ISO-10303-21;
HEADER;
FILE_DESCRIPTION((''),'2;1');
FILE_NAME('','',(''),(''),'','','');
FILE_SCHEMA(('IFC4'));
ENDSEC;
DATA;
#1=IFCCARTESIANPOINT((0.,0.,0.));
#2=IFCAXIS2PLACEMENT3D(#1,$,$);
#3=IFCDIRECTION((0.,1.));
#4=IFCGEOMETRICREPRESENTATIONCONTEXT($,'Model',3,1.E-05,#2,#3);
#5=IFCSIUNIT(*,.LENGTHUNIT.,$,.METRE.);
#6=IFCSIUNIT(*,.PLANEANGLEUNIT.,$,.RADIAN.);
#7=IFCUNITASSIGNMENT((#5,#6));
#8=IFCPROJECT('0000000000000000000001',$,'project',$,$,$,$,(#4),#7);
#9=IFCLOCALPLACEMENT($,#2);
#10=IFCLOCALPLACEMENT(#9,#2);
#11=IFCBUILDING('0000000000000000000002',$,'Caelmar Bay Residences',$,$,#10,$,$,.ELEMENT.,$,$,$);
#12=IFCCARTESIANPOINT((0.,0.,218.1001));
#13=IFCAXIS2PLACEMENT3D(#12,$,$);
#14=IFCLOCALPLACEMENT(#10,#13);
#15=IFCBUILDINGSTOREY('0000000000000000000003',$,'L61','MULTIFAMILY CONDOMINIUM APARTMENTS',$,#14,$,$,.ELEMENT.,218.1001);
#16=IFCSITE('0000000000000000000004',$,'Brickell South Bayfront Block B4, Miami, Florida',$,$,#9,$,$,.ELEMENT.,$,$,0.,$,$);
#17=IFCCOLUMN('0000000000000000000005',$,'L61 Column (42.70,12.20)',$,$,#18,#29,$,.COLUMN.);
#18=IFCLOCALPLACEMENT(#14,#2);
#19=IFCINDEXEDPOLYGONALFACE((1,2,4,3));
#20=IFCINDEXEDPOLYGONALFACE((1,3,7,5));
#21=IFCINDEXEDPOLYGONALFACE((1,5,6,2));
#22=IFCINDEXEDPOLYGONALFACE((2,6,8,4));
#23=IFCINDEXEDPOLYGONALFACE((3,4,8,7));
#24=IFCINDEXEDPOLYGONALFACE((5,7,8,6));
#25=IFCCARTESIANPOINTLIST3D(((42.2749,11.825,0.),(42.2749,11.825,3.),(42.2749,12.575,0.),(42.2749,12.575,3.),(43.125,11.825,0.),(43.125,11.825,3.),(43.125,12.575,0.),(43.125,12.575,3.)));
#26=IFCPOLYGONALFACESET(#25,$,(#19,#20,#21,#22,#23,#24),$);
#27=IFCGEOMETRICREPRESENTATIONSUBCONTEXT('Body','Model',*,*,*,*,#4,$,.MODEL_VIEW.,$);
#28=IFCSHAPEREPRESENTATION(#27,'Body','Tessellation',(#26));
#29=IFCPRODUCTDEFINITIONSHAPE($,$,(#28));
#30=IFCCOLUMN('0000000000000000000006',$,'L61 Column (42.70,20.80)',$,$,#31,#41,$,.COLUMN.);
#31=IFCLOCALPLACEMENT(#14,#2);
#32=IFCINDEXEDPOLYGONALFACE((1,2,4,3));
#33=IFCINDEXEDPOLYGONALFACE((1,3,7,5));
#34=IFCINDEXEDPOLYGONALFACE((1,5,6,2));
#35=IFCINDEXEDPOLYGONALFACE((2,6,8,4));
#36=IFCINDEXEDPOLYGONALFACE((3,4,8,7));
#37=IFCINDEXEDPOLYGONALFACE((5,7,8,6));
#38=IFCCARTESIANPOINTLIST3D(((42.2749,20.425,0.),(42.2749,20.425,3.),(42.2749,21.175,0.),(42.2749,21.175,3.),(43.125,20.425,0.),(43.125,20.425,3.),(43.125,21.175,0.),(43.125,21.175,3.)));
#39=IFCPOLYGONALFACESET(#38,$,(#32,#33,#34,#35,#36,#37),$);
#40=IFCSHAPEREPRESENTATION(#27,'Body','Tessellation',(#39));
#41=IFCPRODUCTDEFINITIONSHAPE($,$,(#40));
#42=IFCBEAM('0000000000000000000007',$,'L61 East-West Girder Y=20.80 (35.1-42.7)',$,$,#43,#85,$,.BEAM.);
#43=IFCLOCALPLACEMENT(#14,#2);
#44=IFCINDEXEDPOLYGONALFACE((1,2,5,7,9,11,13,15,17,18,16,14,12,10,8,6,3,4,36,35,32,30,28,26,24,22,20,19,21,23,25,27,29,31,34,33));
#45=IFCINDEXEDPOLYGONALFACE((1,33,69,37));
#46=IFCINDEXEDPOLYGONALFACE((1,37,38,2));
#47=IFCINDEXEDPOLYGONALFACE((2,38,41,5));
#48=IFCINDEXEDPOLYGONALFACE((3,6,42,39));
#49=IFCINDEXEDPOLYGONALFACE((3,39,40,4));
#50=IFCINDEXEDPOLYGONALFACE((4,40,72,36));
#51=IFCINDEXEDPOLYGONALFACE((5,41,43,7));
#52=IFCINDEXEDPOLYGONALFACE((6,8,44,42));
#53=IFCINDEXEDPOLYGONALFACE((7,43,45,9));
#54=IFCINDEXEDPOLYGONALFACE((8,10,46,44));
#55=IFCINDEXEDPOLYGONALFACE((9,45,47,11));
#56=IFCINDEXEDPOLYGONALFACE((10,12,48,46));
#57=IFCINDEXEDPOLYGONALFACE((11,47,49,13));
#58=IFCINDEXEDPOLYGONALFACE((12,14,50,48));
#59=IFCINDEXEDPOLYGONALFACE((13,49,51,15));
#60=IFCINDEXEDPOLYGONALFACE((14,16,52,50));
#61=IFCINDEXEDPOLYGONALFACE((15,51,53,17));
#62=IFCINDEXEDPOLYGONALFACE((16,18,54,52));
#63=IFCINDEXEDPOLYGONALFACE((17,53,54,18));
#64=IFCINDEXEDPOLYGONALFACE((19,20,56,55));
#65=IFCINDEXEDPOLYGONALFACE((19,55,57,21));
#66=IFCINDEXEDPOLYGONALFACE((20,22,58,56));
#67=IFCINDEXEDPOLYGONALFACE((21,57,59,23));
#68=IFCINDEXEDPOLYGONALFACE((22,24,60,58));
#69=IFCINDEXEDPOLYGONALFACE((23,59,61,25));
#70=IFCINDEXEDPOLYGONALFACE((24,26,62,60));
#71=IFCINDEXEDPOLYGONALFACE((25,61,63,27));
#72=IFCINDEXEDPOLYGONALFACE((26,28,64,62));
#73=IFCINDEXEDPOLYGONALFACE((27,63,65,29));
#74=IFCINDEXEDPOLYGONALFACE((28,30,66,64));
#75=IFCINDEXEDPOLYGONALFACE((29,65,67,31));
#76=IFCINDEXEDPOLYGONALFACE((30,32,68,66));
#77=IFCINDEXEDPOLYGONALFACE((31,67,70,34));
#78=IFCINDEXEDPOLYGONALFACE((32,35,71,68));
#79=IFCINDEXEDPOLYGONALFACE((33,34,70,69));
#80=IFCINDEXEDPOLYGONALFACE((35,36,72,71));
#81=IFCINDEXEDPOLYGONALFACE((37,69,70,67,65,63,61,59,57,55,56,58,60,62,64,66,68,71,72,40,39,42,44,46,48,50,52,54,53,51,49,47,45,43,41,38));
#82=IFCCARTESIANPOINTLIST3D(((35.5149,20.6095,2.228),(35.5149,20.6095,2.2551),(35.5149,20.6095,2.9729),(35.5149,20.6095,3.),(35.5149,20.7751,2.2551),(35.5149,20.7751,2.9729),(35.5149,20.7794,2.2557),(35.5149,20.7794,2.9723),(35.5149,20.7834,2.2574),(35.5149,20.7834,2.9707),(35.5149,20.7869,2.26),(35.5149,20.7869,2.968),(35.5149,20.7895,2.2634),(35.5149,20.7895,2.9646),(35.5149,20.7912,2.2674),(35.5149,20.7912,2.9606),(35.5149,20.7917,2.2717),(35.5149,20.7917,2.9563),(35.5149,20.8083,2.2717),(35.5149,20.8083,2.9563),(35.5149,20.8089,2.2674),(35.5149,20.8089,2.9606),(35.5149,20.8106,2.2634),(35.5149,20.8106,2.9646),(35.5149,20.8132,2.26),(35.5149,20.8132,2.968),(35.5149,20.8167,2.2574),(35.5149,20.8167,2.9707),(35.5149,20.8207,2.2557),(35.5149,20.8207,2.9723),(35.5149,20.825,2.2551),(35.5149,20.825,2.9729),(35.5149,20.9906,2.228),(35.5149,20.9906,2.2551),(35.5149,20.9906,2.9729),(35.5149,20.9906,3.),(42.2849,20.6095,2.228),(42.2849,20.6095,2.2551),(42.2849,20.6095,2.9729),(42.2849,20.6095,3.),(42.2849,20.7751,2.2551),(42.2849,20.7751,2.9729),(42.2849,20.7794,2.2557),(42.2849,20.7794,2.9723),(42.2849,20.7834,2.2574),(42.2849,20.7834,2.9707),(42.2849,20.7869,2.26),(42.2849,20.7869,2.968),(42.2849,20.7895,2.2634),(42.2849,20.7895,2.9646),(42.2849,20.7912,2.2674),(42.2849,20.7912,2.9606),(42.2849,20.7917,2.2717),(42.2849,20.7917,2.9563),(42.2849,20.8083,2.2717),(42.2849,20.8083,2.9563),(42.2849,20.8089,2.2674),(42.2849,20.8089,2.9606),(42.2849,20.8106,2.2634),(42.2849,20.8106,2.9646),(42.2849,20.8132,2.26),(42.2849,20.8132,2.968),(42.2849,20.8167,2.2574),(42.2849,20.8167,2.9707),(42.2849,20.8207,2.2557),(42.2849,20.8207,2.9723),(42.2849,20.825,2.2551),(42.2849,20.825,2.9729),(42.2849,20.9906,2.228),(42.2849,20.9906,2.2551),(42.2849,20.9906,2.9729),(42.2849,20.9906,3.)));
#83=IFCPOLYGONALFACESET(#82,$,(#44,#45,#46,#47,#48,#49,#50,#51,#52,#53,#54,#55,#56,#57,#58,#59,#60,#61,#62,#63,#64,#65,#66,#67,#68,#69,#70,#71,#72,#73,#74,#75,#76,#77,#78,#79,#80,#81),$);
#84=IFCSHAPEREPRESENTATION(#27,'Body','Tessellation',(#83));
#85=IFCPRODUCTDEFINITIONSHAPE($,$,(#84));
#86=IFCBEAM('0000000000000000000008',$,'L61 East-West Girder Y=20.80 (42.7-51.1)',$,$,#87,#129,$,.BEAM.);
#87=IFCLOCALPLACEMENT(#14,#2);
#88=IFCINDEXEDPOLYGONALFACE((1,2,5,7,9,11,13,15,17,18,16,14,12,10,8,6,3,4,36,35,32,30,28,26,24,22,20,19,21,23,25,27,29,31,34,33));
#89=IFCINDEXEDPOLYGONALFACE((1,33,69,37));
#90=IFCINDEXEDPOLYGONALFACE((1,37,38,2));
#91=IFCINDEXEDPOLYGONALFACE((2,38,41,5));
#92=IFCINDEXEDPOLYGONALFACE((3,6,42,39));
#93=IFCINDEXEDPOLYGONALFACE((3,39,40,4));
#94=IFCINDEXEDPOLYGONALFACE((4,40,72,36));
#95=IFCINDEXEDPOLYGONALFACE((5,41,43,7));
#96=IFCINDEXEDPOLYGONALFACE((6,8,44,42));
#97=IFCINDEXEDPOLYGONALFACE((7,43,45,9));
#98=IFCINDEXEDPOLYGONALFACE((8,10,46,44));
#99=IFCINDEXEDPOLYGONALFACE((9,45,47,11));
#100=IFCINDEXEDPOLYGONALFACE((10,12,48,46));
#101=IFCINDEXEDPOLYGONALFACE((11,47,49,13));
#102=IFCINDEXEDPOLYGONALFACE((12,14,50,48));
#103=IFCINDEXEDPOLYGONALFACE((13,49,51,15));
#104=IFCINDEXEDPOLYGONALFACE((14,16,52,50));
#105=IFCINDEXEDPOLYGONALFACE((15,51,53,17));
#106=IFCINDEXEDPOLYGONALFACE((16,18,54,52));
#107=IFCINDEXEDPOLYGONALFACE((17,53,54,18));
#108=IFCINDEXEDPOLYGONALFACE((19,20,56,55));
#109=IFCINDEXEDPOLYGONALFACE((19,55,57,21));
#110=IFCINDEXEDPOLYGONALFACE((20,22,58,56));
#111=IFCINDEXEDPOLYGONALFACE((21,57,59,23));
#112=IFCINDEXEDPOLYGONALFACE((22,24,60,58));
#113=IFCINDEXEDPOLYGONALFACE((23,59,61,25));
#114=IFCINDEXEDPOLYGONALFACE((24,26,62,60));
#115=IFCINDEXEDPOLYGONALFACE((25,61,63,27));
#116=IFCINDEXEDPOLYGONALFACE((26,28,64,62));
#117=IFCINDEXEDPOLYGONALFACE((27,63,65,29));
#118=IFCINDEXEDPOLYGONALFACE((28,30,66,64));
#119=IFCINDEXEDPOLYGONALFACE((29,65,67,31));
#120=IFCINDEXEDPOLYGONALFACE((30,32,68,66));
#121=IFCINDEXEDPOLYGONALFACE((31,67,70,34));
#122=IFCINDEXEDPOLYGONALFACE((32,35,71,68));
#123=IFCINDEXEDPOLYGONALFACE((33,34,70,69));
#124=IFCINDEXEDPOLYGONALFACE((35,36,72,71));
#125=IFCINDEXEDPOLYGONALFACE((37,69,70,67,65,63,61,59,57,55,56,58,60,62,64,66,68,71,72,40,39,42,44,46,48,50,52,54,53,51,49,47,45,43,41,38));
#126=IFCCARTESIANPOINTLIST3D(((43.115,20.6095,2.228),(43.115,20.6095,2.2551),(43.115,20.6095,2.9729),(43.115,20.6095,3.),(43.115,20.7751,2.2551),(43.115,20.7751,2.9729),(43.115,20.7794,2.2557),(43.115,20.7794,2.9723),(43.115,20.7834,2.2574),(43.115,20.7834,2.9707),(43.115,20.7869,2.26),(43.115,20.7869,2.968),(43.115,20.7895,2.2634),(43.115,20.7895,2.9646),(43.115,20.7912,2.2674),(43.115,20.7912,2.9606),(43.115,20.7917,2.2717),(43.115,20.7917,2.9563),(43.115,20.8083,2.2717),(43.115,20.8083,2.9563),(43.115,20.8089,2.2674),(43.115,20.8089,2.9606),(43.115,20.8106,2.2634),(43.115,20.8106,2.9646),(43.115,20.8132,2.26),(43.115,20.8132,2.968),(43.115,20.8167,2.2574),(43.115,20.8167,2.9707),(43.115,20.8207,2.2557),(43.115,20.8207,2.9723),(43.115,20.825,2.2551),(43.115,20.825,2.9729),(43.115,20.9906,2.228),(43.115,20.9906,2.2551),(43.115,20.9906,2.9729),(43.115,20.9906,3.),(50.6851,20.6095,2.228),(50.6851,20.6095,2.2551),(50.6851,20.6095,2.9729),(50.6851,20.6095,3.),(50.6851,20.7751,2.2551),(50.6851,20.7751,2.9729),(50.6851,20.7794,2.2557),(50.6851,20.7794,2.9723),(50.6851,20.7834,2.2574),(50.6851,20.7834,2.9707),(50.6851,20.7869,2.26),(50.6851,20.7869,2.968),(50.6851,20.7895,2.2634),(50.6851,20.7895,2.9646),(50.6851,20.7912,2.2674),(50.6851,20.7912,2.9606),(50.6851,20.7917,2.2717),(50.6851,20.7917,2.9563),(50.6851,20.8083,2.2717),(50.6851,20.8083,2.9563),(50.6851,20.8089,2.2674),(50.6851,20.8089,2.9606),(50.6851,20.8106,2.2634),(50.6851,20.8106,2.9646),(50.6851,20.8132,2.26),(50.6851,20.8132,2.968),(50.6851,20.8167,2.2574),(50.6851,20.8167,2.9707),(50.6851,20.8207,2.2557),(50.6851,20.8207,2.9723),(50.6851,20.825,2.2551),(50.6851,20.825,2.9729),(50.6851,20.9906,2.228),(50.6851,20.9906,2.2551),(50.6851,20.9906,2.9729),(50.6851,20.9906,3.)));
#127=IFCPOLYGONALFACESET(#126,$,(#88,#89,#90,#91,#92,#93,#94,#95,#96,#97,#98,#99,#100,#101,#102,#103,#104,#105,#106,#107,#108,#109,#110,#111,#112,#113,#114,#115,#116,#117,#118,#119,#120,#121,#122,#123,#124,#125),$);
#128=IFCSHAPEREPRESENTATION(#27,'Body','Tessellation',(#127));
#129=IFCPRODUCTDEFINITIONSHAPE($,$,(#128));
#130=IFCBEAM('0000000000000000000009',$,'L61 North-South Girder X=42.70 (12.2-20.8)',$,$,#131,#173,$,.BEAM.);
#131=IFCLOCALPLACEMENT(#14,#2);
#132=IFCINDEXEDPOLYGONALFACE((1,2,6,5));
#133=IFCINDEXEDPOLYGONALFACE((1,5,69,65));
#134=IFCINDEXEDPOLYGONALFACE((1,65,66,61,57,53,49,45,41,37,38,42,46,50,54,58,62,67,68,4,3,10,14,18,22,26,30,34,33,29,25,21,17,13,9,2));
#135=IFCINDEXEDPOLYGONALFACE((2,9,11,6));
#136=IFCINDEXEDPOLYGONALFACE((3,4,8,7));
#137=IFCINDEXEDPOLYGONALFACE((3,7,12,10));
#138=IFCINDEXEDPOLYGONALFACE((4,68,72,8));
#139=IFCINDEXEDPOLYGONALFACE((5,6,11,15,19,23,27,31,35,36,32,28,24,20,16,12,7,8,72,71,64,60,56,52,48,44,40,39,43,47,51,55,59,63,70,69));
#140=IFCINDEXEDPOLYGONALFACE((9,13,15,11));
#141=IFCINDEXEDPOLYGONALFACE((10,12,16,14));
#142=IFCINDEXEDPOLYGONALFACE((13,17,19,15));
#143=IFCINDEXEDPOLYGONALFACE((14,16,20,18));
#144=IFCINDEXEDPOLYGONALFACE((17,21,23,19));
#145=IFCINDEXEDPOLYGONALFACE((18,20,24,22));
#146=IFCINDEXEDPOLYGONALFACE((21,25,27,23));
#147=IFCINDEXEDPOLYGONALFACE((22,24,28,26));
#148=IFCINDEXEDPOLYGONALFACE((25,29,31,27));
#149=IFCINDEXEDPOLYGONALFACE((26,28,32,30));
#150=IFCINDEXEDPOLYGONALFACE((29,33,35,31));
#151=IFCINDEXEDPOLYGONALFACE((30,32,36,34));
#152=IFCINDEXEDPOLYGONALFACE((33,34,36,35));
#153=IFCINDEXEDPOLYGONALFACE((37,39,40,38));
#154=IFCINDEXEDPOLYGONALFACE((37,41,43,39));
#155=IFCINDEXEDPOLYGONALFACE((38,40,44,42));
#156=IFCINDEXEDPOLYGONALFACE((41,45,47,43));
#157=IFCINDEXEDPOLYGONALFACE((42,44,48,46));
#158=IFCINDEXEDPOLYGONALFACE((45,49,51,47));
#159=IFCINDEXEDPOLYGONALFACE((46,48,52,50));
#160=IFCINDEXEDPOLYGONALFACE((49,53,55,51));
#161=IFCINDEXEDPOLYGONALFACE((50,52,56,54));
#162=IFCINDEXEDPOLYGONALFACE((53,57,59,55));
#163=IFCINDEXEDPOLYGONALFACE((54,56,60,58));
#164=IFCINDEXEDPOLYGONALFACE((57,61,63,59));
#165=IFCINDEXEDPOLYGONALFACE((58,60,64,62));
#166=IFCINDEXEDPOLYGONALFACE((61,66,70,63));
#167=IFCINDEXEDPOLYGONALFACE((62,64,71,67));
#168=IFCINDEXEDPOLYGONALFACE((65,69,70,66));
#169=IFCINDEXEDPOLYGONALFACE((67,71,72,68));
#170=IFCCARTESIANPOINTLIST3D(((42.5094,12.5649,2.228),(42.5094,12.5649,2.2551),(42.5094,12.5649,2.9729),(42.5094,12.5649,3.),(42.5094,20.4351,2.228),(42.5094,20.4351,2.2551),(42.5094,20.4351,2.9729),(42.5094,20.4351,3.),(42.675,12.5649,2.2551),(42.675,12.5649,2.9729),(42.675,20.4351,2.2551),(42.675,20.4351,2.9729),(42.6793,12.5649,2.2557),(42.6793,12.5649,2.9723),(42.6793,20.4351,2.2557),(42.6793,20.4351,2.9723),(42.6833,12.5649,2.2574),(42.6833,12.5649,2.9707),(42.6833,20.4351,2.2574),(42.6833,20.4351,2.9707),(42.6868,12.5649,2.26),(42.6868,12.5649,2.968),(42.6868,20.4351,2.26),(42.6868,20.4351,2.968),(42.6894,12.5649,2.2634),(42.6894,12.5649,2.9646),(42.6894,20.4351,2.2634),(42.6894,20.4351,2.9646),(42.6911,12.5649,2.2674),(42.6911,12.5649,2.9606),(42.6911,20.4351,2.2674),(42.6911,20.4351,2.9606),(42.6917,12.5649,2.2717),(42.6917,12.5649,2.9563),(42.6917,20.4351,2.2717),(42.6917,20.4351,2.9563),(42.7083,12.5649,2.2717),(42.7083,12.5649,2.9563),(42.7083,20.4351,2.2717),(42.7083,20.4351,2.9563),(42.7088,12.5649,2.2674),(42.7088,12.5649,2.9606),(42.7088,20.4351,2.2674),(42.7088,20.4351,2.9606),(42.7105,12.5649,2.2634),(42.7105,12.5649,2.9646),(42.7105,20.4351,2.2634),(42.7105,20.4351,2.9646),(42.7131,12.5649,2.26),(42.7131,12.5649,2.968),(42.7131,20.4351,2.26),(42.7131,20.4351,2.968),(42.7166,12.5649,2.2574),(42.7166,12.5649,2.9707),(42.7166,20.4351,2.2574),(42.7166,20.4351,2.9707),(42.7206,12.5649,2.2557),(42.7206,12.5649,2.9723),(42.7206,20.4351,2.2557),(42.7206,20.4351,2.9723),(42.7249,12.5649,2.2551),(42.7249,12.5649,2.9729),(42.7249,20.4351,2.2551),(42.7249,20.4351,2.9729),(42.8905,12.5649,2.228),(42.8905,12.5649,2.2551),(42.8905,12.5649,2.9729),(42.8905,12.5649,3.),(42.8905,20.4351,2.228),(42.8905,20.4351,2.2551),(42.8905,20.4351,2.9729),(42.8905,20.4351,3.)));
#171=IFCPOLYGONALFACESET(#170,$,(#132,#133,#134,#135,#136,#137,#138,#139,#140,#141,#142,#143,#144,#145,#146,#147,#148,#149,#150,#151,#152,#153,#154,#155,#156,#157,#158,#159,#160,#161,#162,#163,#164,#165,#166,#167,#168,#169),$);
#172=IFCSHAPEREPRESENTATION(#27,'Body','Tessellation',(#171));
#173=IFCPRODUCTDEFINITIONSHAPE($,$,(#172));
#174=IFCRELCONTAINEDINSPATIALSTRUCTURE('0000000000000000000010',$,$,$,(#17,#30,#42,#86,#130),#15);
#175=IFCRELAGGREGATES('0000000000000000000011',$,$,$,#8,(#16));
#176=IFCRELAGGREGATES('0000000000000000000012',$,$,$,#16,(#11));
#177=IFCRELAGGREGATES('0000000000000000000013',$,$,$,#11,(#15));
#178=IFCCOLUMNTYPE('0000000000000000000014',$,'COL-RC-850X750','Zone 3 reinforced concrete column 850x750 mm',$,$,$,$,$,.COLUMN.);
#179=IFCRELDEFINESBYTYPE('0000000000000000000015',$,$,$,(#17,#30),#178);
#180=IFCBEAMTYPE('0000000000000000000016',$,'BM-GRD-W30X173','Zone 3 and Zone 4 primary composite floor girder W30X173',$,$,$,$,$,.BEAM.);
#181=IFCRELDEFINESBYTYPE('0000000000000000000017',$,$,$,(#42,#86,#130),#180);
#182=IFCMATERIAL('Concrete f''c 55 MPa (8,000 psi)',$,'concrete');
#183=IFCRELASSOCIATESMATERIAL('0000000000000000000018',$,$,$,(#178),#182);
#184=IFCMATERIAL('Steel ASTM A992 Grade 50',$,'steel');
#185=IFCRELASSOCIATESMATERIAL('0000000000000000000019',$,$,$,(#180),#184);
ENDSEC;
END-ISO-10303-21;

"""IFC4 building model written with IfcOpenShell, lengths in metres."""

from ifc_helpers import new_model, si_unit, direction, frame, origin, origin_2d, place, context, subcontext, project, spatial, rectangle, i_section, extrude, material, material_profile, profile_set, type_object, element, save


model = new_model("IFC4")

# Units and contexts
model_context = context("Model", 3, precision=1e-05, world=origin(), true_north=direction((0.0, 1.0)))
body_context = subcontext(model_context, "Body", "Model", "MODEL_VIEW")
ifc_project = project(units=[si_unit("LENGTHUNIT", "METRE"), si_unit("PLANEANGLEUNIT", "RADIAN")], contexts=[model_context])

# Site, building, storey
site_placement = place(None, origin())
site = spatial("IfcSite", under=ifc_project, at=site_placement, Name="Brickell South Bayfront Block B4, Miami, Florida", CompositionType="ELEMENT", RefElevation=0.0)
building_placement = place(site_placement, origin())
building = spatial("IfcBuilding", under=site, at=building_placement, Name="Caelmar Bay Residences", CompositionType="ELEMENT")
storey_placement = place(building_placement, frame((0.0, 0.0, 218.1001)))
storey = spatial("IfcBuildingStorey", under=building, at=storey_placement, Name="L61", Description="MULTIFAMILY CONDOMINIUM APARTMENTS", CompositionType="ELEMENT", Elevation=218.1001)

# Columns
ifc_material_1 = material(Name="Concrete f'c 55 MPa (8,000 psi)", Category="concrete")
ifc_material_profile_1 = material_profile(ifc_material_1, rectangle(XDim=0.8501, YDim=0.75, at=origin_2d()), Name="RC-COL-850X750")
ifc_profile_set_1 = profile_set([ifc_material_profile_1], Name="Concrete f'c 55 MPa (8,000 psi)")
column_type = type_object("IfcColumnType", Name="COL-RC-850X750", Description="Zone 3 reinforced concrete column 850x750 mm", PredefinedType="COLUMN", material=ifc_profile_set_1)
for number, where, z_axis, x_axis, name in (
    (1, (42.7, 12.2, 0.0), (0.0, 0.0, 1.0), (1.0, 0.0, 0.0), "L61 Column (42.70,12.20)"),
    (2, (42.7, 20.8, 0.0), (0.0, 0.0, 1.0), (1.0, 0.0, 0.0), "L61 Column (42.70,20.80)"),
):
    element("IfcColumn", number, at=place(storey_placement, frame(where, z_axis=z_axis, x_axis=x_axis)), inside=storey, type_object=column_type, Name=name, PredefinedType="COLUMN", context=body_context, shape_type="SweptSolid", body=[
        extrude(rectangle(XDim=0.8501, YDim=0.75, at=origin_2d()), origin(), (0.0, 0.0, 1.0), 3.0),
    ])

# Beams
ifc_material_2 = material(Name="Steel ASTM A992 Grade 50", Category="steel")
ifc_material_profile_2 = material_profile(ifc_material_2, i_section(OverallWidth=0.3811, OverallDepth=0.772, WebThickness=0.0166, FlangeThickness=0.0271, FilletRadius=0.0166, at=origin_2d()), Name="W30X173")
ifc_profile_set_2 = profile_set([ifc_material_profile_2], Name="Steel ASTM A992 Grade 50")
beam_type_1 = type_object("IfcBeamType", Name="BM-GRD-W30X173", Description="Zone 3 and Zone 4 primary composite floor girder W30X173", PredefinedType="BEAM", material=ifc_profile_set_2)
beam_1_placement = place(storey_placement, frame((35.5149, 20.8, 2.614), z_axis=(1.0, 0.0, 0.0), x_axis=(0.0, 1.0, 0.0)))
element("IfcBeam", 3, at=beam_1_placement, inside=storey, type_object=beam_type_1, Name="L61 East-West Girder Y=20.80 (35.1-42.7)", PredefinedType="BEAM", context=body_context, shape_type="SweptSolid", body=[
    extrude(i_section(OverallWidth=0.3811, OverallDepth=0.772, WebThickness=0.0166, FlangeThickness=0.0271, FilletRadius=0.0166, at=origin_2d()), origin(), (0.0, 0.0, 1.0), 6.77),
])
beam_2_placement = place(storey_placement, frame((43.115, 20.8, 2.614), z_axis=(1.0, 0.0, 0.0), x_axis=(0.0, 1.0, 0.0)))
element("IfcBeam", 4, at=beam_2_placement, inside=storey, type_object=beam_type_1, Name="L61 East-West Girder Y=20.80 (42.7-51.1)", PredefinedType="BEAM", context=body_context, shape_type="SweptSolid", body=[
    extrude(i_section(OverallWidth=0.3811, OverallDepth=0.772, WebThickness=0.0166, FlangeThickness=0.0271, FilletRadius=0.0166, at=origin_2d()), origin(), (0.0, 0.0, 1.0), 7.5701),
])
beam_3_placement = place(storey_placement, frame((42.7, 12.5649, 2.614), z_axis=(0.0, 1.0, 0.0), x_axis=(-1.0, 0.0, 0.0)))
element("IfcBeam", 5, at=beam_3_placement, inside=storey, type_object=beam_type_1, Name="L61 North-South Girder X=42.70 (12.2-20.8)", PredefinedType="BEAM", context=body_context, shape_type="SweptSolid", body=[
    extrude(i_section(OverallWidth=0.3811, OverallDepth=0.772, WebThickness=0.0166, FlangeThickness=0.0271, FilletRadius=0.0166, at=origin_2d()), origin(), (0.0, 0.0, 1.0), 7.8701),
])

save(model, "model.ifc")
